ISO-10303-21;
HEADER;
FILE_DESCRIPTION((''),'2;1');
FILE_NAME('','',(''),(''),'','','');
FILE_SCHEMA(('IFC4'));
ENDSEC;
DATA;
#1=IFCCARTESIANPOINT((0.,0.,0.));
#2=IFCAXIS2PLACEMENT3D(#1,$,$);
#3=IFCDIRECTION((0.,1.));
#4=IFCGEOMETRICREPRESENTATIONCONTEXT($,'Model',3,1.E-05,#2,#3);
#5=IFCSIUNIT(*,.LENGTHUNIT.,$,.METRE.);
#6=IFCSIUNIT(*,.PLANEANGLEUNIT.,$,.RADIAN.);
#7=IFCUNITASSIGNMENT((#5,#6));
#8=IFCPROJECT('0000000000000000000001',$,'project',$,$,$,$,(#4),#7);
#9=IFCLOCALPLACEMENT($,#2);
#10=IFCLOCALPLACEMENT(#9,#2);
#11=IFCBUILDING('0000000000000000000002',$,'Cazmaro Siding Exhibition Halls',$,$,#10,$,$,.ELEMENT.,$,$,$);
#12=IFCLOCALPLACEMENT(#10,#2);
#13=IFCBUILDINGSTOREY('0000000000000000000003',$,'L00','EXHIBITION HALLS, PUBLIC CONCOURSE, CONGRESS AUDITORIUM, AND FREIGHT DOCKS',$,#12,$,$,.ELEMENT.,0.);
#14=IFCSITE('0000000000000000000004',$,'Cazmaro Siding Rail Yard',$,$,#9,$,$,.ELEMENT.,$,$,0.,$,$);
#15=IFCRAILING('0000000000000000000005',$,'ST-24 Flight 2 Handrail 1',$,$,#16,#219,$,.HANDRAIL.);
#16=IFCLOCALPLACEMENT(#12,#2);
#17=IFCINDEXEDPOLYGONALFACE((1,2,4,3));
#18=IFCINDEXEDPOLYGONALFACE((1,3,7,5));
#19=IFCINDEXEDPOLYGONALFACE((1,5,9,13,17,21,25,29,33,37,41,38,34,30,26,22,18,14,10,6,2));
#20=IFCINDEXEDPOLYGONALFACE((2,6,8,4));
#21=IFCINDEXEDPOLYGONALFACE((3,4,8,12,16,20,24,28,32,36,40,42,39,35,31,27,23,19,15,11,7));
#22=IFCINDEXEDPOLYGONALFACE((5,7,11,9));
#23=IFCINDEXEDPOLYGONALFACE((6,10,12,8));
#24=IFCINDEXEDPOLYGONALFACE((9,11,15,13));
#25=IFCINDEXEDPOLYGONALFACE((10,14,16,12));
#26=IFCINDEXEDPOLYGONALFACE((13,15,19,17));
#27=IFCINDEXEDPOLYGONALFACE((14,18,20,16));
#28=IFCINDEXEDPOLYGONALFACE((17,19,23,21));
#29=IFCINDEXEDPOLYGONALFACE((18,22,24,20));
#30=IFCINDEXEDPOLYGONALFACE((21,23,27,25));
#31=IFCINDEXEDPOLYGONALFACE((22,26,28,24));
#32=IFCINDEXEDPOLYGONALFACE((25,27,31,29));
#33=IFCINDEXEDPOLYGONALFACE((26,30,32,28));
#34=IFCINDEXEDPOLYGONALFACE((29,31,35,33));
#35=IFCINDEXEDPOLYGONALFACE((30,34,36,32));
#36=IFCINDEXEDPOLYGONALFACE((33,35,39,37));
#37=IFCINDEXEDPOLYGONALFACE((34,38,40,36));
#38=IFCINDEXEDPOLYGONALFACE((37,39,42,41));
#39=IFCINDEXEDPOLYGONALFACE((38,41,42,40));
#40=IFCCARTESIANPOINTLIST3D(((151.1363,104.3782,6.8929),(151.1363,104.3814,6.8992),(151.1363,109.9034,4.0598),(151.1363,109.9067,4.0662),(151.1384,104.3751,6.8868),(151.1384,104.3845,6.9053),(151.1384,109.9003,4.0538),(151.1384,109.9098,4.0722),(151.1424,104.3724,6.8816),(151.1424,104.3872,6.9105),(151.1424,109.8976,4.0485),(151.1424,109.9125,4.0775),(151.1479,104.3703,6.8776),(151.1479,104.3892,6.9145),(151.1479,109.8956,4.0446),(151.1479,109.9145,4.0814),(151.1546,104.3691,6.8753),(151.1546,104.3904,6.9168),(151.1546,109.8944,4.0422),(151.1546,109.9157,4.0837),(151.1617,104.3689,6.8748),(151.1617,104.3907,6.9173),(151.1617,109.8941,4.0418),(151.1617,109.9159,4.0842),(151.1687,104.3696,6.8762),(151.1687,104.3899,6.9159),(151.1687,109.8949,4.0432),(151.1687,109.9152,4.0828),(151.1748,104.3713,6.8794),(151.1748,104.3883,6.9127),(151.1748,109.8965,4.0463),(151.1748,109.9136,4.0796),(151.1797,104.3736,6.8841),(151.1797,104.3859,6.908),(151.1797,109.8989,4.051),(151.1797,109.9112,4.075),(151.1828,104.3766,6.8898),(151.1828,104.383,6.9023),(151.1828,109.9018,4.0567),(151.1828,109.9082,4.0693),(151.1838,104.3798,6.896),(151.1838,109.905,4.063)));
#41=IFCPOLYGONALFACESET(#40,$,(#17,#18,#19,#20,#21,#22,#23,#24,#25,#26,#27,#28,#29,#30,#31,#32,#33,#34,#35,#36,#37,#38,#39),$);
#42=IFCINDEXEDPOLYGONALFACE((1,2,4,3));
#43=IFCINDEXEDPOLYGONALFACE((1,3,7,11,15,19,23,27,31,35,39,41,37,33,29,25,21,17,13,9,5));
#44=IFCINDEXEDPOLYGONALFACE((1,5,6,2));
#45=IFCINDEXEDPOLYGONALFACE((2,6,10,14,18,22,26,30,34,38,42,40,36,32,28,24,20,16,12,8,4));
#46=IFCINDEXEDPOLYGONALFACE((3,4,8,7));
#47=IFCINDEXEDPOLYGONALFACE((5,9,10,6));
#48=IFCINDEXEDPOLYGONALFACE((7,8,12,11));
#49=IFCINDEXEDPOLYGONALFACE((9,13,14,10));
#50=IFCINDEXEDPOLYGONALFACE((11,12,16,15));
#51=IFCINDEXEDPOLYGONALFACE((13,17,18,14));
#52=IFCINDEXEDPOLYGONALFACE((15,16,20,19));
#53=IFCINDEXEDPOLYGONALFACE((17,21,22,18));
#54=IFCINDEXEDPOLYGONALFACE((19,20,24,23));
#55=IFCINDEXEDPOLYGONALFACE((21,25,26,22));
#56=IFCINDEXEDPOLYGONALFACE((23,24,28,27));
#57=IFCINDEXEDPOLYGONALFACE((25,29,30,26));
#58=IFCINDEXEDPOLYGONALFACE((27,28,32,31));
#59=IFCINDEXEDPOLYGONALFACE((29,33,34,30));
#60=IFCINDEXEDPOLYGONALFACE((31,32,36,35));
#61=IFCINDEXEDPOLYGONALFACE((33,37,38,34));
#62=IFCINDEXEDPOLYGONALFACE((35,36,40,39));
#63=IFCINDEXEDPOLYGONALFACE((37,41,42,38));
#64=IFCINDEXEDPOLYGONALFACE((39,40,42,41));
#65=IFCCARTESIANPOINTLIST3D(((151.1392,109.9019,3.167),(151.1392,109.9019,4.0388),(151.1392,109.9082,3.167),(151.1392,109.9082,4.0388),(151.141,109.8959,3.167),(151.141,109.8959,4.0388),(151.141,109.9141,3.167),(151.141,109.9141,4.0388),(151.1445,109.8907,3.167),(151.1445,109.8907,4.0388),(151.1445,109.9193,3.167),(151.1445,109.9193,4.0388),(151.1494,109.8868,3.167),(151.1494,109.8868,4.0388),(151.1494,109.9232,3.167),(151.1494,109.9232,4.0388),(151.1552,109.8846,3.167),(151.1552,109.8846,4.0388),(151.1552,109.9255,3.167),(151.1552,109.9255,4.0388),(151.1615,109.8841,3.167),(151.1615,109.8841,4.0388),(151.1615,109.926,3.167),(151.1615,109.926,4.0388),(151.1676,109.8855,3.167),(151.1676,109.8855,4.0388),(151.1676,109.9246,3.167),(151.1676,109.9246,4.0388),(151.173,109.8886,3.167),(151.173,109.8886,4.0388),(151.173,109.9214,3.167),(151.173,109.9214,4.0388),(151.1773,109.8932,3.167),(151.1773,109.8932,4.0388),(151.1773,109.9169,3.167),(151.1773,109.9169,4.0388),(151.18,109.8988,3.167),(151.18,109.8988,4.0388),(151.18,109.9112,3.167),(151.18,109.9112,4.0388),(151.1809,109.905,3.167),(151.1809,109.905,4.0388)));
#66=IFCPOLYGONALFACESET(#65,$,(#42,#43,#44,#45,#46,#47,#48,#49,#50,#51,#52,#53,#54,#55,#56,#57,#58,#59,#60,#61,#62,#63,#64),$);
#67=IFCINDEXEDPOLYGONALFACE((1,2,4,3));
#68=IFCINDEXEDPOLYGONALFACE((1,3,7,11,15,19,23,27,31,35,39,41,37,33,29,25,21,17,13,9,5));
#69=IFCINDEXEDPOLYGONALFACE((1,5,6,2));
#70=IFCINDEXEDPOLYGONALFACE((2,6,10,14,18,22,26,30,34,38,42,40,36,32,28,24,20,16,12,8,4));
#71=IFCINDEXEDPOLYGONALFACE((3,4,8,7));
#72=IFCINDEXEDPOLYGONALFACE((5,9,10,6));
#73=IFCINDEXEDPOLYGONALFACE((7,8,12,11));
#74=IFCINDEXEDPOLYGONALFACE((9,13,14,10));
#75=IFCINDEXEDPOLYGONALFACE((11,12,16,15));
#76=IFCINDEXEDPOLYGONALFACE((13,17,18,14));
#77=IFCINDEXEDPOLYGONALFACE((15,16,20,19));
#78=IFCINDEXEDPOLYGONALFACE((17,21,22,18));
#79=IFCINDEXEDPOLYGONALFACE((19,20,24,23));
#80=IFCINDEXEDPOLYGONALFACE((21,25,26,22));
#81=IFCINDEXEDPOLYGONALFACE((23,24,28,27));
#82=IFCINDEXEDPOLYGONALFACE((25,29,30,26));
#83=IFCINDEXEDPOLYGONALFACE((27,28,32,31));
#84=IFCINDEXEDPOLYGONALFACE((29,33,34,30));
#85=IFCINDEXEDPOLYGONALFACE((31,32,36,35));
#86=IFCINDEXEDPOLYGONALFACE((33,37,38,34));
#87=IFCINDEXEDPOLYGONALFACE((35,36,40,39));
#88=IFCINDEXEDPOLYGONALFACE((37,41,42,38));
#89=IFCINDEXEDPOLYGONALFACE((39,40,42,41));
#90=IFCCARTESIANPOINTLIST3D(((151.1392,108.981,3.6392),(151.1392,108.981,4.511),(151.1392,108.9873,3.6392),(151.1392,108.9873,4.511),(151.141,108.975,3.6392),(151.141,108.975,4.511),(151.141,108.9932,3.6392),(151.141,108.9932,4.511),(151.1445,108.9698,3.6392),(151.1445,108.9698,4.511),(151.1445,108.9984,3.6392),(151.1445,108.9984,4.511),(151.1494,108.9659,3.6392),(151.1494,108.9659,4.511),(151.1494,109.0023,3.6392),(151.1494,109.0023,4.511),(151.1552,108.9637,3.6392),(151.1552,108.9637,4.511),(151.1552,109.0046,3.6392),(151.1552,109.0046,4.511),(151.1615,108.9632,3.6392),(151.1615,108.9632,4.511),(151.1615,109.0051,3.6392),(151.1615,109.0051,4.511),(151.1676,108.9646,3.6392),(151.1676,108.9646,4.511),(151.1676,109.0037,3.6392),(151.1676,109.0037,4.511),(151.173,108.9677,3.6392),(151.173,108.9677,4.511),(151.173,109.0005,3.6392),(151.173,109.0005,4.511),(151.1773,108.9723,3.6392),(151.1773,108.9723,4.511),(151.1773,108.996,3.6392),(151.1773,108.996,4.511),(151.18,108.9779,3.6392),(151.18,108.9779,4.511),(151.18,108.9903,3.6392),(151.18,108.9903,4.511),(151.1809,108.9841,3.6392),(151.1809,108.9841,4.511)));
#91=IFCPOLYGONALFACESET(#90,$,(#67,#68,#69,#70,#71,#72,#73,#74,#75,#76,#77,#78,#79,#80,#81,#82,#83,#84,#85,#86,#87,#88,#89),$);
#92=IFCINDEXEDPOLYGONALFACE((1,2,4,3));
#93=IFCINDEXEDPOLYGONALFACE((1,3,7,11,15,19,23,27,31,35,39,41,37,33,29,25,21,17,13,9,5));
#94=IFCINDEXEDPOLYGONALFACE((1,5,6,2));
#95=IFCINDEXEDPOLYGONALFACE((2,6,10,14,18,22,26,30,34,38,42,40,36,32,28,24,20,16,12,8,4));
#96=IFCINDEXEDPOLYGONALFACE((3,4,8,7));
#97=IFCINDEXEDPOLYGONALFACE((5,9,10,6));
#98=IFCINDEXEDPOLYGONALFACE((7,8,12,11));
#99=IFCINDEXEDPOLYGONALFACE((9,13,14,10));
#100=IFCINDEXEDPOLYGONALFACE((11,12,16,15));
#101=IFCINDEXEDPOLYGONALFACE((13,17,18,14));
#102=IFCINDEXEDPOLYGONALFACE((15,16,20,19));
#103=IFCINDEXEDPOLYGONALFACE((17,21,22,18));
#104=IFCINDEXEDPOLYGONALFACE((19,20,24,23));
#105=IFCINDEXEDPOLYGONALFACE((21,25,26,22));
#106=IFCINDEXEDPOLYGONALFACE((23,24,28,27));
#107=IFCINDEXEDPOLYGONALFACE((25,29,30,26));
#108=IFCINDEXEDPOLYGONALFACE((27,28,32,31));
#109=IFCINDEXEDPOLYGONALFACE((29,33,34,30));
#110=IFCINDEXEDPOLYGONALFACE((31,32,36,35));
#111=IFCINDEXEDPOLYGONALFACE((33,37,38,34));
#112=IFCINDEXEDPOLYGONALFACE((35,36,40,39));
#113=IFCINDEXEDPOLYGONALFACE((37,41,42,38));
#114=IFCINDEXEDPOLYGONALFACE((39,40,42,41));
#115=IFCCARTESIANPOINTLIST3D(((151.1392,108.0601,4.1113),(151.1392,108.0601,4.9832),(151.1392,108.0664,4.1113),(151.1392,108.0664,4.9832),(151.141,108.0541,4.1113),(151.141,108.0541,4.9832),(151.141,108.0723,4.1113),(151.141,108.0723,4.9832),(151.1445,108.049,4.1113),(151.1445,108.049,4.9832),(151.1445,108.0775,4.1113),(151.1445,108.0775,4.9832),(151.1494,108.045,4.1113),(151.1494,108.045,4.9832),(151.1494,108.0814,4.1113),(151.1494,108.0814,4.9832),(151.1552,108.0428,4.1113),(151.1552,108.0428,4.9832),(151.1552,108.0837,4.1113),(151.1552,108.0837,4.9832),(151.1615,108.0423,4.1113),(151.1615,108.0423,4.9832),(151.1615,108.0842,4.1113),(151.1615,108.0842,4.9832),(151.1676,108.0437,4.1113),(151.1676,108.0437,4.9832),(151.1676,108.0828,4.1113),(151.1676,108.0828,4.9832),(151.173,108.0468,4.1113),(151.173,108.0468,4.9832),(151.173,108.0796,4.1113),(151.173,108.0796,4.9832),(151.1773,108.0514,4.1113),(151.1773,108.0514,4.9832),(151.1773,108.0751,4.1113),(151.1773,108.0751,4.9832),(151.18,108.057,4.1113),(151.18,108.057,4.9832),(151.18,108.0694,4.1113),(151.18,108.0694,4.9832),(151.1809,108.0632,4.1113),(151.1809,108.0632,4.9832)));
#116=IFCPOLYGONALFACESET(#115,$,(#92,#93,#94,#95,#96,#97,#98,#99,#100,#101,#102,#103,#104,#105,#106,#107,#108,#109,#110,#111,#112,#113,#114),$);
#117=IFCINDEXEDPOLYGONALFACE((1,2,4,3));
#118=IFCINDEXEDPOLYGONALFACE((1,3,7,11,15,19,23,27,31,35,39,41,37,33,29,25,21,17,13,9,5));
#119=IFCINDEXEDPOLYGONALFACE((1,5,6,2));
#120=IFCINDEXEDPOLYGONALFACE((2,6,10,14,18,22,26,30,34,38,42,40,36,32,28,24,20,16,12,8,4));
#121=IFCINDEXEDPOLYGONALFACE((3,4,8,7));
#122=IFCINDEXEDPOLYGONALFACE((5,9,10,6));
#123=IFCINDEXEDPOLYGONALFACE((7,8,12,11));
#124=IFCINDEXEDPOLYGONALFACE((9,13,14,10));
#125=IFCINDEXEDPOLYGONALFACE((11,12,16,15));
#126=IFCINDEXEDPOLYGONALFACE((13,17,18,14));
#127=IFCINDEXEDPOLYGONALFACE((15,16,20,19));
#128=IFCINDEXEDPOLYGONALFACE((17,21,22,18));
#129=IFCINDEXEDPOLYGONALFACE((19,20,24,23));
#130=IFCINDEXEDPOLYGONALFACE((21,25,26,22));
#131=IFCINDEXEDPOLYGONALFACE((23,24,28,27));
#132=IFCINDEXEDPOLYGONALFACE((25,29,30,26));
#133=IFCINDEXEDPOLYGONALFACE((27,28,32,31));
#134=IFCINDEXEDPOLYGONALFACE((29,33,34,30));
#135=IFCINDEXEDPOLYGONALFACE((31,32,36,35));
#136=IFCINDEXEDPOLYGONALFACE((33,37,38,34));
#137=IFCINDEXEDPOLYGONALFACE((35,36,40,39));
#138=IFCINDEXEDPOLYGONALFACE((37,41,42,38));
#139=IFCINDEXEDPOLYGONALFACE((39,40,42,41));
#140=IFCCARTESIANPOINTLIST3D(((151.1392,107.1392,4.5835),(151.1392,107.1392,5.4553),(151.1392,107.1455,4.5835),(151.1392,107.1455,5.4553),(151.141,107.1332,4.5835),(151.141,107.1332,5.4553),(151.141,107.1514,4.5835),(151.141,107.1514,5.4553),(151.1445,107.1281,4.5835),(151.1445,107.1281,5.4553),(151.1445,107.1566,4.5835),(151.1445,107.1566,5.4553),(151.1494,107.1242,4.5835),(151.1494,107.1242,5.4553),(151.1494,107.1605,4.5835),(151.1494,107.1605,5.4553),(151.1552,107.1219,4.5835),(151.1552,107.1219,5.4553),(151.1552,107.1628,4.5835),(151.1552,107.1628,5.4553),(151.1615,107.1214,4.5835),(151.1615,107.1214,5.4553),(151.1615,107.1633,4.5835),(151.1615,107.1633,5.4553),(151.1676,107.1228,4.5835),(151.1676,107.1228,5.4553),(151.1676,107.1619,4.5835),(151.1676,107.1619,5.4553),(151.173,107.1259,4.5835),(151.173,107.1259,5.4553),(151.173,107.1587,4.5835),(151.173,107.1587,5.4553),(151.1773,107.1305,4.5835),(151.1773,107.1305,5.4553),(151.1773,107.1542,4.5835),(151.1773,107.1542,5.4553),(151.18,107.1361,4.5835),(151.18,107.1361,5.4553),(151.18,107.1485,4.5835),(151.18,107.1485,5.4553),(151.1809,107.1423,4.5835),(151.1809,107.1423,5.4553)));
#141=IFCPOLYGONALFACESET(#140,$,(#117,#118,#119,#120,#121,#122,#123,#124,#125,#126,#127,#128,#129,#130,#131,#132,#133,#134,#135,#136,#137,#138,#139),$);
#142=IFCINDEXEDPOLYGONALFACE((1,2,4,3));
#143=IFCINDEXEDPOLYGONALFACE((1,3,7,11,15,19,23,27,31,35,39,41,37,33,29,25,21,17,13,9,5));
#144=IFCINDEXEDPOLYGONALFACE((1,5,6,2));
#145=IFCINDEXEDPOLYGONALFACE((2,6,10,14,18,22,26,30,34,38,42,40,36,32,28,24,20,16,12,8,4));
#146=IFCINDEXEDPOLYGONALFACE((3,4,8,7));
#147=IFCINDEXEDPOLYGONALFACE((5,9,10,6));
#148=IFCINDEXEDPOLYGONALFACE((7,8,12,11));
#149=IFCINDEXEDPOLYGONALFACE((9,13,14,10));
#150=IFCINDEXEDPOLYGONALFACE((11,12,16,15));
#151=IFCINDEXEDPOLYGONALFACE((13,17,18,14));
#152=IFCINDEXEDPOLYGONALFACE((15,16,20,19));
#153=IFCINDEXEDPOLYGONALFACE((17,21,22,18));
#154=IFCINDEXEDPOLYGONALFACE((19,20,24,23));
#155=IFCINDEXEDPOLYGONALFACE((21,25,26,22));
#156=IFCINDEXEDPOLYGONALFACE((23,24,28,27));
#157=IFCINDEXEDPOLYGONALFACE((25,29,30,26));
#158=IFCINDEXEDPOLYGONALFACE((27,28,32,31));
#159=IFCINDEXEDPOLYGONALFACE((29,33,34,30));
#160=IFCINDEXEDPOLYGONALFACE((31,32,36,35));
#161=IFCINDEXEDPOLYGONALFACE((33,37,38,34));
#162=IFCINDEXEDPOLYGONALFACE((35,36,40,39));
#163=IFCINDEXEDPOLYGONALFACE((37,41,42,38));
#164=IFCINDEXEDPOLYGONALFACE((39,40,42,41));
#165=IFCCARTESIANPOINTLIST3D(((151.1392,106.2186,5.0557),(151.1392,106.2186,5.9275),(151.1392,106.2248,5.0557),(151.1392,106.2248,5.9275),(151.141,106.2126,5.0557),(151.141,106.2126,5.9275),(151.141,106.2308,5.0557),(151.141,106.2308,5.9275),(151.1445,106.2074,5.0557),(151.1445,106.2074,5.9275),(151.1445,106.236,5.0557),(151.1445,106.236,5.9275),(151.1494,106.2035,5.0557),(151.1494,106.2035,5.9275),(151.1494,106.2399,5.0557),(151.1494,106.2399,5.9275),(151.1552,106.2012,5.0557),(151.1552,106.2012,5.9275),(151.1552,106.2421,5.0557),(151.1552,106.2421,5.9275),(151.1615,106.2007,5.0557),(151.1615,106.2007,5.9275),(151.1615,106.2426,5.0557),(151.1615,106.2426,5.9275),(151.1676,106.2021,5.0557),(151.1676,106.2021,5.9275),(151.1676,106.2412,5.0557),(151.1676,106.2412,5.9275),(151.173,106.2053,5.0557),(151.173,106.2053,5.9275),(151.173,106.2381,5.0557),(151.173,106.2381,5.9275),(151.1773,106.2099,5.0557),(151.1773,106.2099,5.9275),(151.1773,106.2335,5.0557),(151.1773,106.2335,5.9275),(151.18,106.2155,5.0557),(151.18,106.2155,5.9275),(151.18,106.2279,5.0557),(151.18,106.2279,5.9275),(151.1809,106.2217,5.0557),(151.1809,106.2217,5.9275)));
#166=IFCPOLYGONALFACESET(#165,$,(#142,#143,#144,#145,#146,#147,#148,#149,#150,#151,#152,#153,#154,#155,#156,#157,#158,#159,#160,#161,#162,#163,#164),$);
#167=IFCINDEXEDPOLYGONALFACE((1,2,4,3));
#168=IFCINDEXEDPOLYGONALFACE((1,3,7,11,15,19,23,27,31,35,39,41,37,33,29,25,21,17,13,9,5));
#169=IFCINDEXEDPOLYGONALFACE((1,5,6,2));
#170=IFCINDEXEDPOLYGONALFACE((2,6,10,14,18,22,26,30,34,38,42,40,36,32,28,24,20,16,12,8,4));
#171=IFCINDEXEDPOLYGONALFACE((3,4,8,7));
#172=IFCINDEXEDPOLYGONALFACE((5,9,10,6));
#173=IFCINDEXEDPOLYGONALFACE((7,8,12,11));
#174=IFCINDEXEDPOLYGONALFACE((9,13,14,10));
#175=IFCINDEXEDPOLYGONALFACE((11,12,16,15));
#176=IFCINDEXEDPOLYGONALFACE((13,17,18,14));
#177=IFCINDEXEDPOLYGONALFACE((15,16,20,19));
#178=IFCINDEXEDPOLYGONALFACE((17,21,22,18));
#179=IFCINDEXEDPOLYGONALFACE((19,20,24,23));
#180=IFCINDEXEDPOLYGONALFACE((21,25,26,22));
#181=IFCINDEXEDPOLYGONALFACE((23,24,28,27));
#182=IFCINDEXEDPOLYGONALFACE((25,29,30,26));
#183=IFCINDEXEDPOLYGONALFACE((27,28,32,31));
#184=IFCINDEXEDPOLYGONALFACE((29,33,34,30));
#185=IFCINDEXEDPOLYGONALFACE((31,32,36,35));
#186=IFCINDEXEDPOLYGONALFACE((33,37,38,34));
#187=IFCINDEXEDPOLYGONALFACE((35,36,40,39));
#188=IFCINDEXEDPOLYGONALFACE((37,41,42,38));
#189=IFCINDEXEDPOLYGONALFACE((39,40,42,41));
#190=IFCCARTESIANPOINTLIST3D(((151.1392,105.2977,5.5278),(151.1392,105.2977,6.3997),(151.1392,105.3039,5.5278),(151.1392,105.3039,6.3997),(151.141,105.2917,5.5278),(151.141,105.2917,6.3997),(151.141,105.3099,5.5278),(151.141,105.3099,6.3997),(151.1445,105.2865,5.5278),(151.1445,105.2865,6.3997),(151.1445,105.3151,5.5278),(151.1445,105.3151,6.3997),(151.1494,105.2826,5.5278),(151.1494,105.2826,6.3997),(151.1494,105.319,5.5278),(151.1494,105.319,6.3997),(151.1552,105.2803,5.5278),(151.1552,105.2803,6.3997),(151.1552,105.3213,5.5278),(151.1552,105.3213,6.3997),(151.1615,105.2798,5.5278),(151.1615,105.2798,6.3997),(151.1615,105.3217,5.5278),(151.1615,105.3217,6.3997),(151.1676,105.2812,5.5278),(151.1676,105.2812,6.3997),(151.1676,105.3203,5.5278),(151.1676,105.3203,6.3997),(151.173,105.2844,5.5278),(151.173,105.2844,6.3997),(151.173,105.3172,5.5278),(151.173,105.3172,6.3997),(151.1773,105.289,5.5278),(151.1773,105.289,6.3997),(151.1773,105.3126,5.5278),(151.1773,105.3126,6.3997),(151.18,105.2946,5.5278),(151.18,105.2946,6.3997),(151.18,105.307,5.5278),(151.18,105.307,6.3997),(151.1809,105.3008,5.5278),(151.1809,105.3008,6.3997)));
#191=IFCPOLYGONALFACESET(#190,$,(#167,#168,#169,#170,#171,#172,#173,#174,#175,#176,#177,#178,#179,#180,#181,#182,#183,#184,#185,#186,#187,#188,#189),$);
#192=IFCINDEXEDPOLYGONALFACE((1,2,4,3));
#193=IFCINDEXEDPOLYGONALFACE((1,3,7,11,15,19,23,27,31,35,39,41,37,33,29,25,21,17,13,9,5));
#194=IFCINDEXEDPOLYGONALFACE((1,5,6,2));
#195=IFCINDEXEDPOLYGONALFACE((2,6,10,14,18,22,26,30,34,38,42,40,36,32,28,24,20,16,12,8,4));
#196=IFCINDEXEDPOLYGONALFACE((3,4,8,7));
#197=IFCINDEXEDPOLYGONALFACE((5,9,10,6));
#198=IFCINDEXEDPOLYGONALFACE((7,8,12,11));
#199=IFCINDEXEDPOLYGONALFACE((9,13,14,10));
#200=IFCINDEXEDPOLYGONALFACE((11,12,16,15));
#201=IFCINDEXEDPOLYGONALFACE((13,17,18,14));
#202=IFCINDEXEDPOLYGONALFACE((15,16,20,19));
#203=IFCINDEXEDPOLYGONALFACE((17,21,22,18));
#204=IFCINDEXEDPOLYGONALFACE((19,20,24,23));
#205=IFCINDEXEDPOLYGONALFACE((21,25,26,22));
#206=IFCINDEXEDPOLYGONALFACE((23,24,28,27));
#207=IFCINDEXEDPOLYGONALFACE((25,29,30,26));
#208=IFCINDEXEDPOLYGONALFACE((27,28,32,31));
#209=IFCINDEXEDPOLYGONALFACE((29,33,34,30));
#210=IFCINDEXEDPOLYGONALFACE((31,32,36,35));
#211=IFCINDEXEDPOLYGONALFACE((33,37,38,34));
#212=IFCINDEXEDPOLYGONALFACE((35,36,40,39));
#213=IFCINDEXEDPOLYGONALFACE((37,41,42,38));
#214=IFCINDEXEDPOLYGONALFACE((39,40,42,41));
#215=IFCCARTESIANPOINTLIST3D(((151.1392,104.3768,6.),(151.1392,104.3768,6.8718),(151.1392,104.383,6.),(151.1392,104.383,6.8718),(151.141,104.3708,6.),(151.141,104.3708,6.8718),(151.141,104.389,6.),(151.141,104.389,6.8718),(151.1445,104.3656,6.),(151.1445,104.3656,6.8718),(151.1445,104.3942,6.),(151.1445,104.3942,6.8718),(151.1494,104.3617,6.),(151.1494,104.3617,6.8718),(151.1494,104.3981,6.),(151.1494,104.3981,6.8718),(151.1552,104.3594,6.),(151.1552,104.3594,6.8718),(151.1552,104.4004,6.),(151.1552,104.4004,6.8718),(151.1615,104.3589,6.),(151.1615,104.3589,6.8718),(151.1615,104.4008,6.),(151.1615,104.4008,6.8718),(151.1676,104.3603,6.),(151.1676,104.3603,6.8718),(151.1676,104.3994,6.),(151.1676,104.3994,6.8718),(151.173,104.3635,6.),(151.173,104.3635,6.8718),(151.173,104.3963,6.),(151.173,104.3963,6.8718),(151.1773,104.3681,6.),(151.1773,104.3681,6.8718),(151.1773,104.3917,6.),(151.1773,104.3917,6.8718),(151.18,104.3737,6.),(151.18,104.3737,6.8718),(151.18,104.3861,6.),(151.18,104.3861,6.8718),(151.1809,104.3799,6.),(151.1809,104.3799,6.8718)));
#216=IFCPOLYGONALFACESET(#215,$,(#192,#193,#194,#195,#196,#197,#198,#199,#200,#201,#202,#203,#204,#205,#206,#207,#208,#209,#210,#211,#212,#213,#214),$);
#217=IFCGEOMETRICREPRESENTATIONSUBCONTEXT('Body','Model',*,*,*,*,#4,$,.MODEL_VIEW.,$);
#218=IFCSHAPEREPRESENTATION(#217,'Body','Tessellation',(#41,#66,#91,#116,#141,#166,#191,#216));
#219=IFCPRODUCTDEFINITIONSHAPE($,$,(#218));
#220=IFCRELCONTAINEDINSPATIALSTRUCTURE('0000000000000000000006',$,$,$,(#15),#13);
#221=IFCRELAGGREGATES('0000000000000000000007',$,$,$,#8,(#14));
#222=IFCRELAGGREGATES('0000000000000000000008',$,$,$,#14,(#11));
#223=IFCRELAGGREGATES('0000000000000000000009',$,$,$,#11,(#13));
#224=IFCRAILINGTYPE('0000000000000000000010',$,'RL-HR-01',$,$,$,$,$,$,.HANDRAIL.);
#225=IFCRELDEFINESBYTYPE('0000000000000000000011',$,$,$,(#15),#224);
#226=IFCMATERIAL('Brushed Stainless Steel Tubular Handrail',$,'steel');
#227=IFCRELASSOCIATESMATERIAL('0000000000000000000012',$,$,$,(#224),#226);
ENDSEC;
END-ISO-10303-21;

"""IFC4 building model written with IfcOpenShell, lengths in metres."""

from ifc_helpers import new_model, si_unit, direction, frame, origin, origin_2d, place, context, subcontext, project, spatial, circle, extrude, material, type_object, element, save


model = new_model("IFC4")

# Units and contexts
model_context = context("Model", 3, precision=1e-05, world=origin(), true_north=direction((0.0, 1.0)))
body_context = subcontext(model_context, "Body", "Model", "MODEL_VIEW")
ifc_project = project(units=[si_unit("LENGTHUNIT", "METRE"), si_unit("PLANEANGLEUNIT", "RADIAN")], contexts=[model_context])

# Site, building, storey
site_placement = place(None, origin())
site = spatial("IfcSite", under=ifc_project, at=site_placement, Name="Cazmaro Siding Rail Yard", CompositionType="ELEMENT", RefElevation=0.0)
building_placement = place(site_placement, origin())
building = spatial("IfcBuilding", under=site, at=building_placement, Name="Cazmaro Siding Exhibition Halls", CompositionType="ELEMENT")
storey_placement = place(building_placement, origin())
storey = spatial("IfcBuildingStorey", under=building, at=storey_placement, Name="L00", Description="EXHIBITION HALLS, PUBLIC CONCOURSE, CONGRESS AUDITORIUM, AND FREIGHT DOCKS", CompositionType="ELEMENT", Elevation=0.0)

# Railing
ifc_material_1 = material(Name="Brushed Stainless Steel Tubular Handrail", Category="steel")
railing_type_1 = type_object("IfcRailingType", Name="RL-HR-01", PredefinedType="HANDRAIL", material=ifc_material_1)
railing_1_placement = place(storey_placement, frame((151.1599, 109.905, 3.167)))
element("IfcRailing", 1, at=railing_1_placement, inside=storey, type_object=railing_type_1, Name="ST-24 Flight 2 Handrail 1", PredefinedType="HANDRAIL", context=body_context, shape_type="SweptSolid", body=[
    extrude(circle(Radius=0.0239, at=origin_2d()), frame((0.0, 0.0, 0.896), z_axis=(0.0, -0.889844, 0.456266), x_axis=(1.0, 0.0, 0.0)), (0.0, 0.0, 1.0), 6.2092),
    extrude(circle(Radius=0.021, at=origin_2d()), origin(), (0.0, 0.0, 1.0), 0.8718),
    extrude(circle(Radius=0.021, at=origin_2d()), frame((0.0, -0.9209, 0.4722)), (0.0, 0.0, 1.0), 0.8718),
    extrude(circle(Radius=0.021, at=origin_2d()), frame((0.0, -1.8418, 0.9443)), (0.0, 0.0, 1.0), 0.8718),
    extrude(circle(Radius=0.021, at=origin_2d()), frame((0.0, -2.7627, 1.4165)), (0.0, 0.0, 1.0), 0.8718),
    extrude(circle(Radius=0.021, at=origin_2d()), frame((0.0, -3.6833, 1.8887)), (0.0, 0.0, 1.0), 0.8718),
    extrude(circle(Radius=0.021, at=origin_2d()), frame((0.0, -4.6042, 2.3608)), (0.0, 0.0, 1.0), 0.8718),
    extrude(circle(Radius=0.021, at=origin_2d()), frame((0.0, -5.5251, 2.833)), (0.0, 0.0, 1.0), 0.8718),
])

save(model, "model.ifc")
